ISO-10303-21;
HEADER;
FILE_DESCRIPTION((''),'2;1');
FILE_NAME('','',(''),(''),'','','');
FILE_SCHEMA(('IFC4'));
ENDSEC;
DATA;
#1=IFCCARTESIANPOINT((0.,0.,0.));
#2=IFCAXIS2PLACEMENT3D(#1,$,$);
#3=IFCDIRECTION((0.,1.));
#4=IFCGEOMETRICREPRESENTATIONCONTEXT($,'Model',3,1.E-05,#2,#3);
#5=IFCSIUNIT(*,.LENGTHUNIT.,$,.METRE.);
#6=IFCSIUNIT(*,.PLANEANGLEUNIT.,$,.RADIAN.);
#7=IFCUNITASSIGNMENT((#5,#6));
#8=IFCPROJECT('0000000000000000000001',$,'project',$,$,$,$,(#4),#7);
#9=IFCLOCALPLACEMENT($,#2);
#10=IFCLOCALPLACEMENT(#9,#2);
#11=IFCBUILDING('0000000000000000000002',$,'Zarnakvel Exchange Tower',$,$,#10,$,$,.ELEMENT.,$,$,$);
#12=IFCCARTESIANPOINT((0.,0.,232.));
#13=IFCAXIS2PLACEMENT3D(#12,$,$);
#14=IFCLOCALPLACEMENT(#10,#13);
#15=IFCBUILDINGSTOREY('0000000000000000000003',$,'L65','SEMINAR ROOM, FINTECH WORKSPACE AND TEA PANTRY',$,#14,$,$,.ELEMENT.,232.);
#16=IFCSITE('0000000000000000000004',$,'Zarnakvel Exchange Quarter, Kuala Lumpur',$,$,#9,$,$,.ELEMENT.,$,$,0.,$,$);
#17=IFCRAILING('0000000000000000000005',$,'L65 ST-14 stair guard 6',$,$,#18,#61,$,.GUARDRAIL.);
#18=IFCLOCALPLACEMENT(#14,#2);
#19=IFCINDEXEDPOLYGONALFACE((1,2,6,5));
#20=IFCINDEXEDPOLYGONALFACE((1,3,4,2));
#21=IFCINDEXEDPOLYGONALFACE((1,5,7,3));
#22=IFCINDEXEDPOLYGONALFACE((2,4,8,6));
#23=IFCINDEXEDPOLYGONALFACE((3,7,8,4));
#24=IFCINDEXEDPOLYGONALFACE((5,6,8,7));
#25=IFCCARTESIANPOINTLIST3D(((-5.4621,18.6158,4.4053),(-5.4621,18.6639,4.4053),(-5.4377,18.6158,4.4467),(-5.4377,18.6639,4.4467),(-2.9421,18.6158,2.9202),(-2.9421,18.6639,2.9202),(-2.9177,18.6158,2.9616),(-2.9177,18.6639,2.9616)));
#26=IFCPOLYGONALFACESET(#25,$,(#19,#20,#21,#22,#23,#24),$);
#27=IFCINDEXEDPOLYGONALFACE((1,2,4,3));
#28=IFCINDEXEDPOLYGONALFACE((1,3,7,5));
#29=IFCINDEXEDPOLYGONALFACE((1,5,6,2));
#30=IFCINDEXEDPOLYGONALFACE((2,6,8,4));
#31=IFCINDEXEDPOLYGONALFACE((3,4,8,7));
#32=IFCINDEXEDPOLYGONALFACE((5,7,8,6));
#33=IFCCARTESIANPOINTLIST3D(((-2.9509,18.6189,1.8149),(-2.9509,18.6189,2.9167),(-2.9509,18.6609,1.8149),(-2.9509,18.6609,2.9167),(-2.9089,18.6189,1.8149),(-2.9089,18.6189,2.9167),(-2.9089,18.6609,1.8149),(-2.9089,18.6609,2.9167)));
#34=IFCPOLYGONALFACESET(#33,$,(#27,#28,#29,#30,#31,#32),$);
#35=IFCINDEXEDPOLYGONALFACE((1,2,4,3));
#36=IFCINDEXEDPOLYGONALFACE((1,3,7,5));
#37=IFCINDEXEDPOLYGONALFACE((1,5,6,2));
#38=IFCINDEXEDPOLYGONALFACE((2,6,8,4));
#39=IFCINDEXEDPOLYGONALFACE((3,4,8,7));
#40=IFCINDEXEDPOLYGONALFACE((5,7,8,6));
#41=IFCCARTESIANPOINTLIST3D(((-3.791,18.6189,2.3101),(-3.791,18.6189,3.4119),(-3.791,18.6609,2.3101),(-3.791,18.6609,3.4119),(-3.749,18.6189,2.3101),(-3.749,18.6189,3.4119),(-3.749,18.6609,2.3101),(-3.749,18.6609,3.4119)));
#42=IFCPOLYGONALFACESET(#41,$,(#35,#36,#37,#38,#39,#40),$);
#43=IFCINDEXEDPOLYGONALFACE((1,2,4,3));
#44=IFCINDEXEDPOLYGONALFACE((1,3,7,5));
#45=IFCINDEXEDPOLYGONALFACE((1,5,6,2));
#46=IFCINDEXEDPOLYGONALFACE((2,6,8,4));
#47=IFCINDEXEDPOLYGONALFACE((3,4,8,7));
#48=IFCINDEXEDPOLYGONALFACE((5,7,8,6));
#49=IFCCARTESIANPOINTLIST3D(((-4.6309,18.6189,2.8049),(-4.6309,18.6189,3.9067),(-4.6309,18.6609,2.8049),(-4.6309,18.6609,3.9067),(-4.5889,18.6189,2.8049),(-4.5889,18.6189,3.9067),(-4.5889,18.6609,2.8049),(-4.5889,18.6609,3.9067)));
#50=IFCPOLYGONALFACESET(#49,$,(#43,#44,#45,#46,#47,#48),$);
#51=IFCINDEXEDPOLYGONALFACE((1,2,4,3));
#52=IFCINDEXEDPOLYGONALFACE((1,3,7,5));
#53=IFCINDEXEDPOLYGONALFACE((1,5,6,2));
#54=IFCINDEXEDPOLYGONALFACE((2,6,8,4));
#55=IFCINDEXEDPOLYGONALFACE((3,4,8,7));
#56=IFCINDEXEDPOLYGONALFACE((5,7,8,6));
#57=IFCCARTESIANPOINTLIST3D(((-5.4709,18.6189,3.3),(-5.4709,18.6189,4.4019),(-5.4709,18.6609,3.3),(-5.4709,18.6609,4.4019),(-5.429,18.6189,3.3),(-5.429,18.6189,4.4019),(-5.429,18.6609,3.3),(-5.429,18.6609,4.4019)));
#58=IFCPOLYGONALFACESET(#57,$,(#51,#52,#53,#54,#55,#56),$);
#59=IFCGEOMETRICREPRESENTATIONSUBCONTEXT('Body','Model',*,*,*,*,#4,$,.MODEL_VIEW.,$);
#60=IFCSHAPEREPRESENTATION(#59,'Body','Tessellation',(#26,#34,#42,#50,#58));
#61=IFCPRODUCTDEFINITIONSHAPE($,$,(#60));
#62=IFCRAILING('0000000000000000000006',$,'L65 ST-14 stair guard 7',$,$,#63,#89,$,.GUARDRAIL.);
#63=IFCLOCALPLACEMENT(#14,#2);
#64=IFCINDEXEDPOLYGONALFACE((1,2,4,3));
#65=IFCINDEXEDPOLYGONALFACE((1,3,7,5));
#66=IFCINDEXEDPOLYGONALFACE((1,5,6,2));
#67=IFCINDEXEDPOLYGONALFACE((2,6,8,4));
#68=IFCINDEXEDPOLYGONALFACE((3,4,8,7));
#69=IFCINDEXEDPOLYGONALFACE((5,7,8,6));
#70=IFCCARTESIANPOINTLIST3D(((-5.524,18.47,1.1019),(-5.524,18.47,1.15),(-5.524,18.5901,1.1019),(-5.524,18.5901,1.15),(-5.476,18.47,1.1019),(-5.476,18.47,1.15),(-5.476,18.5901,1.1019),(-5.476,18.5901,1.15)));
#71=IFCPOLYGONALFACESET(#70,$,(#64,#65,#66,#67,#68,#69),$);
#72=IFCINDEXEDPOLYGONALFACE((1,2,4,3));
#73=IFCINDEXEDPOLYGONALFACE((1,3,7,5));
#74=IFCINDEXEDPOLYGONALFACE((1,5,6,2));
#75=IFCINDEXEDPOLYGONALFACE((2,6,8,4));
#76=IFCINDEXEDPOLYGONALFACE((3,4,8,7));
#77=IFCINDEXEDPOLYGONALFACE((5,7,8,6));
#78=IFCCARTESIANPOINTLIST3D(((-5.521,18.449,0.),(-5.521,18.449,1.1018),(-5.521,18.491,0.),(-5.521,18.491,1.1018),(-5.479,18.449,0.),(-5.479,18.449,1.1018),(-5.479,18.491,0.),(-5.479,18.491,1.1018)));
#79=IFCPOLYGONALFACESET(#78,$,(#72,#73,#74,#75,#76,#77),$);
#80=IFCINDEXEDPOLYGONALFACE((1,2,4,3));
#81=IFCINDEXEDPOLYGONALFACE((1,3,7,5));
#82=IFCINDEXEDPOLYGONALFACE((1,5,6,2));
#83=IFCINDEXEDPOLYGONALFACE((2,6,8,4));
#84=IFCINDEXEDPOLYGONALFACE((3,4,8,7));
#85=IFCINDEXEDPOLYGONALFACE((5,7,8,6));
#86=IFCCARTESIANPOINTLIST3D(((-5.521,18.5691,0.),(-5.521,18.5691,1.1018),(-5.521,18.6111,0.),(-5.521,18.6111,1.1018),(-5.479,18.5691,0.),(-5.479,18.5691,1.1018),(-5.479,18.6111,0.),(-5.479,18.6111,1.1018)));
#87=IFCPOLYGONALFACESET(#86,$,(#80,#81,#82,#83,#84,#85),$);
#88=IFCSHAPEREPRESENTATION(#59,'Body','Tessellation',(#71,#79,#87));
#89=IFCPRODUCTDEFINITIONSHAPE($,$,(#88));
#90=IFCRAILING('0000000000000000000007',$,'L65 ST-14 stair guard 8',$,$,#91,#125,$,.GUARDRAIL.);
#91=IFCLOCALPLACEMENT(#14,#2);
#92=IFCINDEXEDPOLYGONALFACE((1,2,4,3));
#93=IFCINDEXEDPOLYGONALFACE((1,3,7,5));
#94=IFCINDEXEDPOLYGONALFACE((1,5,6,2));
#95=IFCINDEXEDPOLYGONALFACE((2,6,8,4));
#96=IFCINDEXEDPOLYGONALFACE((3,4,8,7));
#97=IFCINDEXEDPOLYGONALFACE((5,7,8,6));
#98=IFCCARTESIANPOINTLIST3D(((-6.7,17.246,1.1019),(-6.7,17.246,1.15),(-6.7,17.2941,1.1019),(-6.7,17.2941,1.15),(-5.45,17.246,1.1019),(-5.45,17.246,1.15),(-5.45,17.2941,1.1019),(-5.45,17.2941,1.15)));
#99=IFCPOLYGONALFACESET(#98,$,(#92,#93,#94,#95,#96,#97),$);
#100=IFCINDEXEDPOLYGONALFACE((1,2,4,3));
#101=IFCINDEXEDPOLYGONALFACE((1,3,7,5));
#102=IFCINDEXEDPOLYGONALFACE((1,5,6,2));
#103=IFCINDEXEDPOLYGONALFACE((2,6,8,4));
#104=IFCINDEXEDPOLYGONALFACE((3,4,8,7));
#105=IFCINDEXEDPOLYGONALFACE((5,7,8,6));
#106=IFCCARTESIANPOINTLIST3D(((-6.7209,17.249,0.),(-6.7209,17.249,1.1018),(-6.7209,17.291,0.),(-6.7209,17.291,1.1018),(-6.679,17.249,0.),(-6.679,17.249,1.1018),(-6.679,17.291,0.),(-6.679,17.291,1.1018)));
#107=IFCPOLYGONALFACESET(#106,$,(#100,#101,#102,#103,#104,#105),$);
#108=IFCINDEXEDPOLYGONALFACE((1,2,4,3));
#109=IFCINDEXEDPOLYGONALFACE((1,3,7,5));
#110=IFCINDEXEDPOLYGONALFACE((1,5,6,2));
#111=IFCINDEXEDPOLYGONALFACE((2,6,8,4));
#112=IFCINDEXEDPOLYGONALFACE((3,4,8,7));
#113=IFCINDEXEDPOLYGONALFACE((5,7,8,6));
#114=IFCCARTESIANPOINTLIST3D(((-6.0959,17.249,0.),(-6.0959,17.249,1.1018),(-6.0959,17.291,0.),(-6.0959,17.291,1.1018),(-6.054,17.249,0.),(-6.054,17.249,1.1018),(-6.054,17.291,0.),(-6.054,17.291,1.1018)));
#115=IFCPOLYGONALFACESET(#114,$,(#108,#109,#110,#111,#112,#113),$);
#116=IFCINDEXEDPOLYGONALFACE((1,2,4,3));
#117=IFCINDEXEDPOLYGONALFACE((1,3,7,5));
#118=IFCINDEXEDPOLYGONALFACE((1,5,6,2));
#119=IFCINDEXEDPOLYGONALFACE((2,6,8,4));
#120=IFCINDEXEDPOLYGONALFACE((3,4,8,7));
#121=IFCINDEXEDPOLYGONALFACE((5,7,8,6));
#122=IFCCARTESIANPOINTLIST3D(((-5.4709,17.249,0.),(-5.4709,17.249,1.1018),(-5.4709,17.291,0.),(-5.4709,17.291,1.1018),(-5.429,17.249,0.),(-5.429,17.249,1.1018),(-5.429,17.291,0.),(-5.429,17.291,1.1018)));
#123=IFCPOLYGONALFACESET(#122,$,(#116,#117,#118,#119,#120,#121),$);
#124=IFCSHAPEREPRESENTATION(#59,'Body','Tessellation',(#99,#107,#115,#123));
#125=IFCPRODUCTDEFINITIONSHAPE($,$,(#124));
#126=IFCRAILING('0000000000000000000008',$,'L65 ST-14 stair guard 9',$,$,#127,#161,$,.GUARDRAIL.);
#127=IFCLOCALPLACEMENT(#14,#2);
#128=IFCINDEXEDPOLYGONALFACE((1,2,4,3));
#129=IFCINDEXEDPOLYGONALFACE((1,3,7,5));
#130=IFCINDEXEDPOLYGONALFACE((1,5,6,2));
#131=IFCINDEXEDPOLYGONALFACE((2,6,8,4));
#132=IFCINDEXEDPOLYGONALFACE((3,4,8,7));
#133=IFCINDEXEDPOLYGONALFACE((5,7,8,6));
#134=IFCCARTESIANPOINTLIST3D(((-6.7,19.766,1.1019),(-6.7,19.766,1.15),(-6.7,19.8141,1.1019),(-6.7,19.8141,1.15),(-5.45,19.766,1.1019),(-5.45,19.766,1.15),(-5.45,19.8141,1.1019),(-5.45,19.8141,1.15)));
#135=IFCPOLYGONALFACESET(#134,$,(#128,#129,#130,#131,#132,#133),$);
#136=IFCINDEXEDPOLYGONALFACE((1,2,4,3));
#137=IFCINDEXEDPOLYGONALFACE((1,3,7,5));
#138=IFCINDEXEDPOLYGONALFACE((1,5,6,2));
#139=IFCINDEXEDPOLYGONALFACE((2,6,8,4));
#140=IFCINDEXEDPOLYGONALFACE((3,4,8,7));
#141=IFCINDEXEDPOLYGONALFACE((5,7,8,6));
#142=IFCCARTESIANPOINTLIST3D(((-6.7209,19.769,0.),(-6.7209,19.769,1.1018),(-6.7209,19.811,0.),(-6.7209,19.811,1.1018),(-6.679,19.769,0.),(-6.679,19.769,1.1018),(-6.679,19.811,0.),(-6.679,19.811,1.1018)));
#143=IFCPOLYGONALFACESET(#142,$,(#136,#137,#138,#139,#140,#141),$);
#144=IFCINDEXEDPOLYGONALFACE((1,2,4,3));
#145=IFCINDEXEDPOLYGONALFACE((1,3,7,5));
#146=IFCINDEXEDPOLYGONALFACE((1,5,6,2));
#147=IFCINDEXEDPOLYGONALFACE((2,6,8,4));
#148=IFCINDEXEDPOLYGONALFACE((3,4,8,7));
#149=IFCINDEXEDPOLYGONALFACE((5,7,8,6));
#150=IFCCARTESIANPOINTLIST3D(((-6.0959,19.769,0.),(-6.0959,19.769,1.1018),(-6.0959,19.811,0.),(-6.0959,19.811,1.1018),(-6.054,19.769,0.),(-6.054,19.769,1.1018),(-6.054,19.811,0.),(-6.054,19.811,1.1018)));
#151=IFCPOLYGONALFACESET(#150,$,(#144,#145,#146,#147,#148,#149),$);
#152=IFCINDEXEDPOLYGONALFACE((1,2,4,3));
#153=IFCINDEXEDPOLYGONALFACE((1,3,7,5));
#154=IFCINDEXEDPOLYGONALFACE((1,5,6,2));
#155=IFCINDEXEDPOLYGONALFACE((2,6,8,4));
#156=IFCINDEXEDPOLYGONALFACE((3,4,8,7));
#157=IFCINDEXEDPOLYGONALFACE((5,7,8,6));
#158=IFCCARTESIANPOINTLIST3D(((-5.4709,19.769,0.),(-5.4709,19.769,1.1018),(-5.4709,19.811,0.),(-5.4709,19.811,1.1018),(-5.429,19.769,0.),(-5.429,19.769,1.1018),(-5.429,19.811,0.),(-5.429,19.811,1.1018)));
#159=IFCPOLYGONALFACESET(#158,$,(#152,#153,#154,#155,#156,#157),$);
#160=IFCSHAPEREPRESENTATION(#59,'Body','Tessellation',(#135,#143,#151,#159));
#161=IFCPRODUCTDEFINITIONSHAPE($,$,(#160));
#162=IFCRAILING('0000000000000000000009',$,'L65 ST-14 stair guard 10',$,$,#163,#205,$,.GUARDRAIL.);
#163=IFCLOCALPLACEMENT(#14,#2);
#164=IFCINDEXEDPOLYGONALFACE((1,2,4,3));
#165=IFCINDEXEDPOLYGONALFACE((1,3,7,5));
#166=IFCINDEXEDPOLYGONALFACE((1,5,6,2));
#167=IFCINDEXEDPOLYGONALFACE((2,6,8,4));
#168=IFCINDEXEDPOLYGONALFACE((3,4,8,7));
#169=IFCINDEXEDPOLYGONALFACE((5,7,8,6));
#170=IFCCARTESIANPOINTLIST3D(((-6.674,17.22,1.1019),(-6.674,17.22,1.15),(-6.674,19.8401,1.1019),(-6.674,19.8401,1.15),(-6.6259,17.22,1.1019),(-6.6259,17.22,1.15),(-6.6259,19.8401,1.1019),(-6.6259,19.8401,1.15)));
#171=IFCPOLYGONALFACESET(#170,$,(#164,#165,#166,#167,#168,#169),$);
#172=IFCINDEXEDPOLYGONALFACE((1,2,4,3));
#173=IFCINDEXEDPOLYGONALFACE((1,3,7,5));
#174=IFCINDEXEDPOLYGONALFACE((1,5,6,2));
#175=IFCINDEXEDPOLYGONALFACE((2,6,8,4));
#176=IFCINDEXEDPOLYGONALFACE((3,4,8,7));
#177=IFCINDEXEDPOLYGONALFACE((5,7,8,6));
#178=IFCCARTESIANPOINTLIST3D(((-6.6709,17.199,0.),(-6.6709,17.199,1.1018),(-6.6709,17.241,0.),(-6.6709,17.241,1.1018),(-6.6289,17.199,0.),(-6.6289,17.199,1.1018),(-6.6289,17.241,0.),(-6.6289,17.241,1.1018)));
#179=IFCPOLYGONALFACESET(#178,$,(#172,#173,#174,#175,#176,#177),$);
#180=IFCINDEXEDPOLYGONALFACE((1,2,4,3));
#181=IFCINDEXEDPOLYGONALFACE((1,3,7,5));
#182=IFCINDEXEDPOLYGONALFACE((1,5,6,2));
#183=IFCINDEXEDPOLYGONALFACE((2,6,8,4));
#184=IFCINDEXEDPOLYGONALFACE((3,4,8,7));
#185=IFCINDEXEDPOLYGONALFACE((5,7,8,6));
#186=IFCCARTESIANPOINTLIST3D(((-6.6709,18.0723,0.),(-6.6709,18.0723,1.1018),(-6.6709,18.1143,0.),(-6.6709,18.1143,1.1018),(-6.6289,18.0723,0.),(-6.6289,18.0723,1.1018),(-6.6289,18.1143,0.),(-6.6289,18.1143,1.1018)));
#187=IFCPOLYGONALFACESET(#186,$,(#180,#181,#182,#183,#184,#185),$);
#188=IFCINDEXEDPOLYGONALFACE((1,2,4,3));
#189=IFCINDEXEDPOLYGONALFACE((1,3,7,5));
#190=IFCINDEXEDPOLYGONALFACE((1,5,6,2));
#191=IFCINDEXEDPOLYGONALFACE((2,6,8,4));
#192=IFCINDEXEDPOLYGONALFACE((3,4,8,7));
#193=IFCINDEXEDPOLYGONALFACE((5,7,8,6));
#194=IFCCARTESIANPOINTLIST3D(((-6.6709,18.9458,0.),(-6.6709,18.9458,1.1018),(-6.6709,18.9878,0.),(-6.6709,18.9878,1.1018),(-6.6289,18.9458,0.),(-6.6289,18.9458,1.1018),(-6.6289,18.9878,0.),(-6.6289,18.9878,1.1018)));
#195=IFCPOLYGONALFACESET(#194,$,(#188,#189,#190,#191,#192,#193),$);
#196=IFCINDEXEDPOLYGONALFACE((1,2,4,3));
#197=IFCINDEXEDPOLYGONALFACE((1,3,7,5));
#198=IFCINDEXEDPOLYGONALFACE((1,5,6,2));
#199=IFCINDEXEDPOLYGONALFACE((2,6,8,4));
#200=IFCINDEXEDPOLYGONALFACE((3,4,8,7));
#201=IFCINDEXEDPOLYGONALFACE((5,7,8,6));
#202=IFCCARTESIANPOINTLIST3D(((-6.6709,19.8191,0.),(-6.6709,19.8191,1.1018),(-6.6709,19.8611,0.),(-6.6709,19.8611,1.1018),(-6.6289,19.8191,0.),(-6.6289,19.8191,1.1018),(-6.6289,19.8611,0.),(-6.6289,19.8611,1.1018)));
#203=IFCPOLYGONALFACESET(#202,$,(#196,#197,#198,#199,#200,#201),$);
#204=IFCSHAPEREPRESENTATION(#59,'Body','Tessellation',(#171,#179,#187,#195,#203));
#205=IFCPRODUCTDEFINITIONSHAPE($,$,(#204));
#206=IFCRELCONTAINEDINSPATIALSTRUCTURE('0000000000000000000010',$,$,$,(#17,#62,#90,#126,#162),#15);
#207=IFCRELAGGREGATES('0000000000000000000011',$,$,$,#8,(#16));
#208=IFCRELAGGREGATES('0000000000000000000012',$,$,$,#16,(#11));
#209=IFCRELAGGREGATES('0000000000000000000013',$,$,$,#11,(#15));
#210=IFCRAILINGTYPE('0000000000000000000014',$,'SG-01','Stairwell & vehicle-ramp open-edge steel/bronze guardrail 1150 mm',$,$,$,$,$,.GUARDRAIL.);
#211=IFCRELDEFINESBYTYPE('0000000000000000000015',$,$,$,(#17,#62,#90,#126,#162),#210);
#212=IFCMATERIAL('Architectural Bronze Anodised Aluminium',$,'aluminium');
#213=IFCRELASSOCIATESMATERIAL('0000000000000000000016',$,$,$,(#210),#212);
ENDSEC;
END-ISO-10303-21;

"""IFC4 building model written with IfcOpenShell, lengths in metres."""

from ifc_helpers import new_model, si_unit, direction, frame, origin, origin_2d, place, context, subcontext, project, spatial, rectangle, extrude, material, type_object, element, save


model = new_model("IFC4")

# Units and contexts
model_context = context("Model", 3, precision=1e-05, world=origin(), true_north=direction((0.0, 1.0)))
body_context = subcontext(model_context, "Body", "Model", "MODEL_VIEW")
ifc_project = project(units=[si_unit("LENGTHUNIT", "METRE"), si_unit("PLANEANGLEUNIT", "RADIAN")], contexts=[model_context])

# Site, building, storey
site_placement = place(None, origin())
site = spatial("IfcSite", under=ifc_project, at=site_placement, Name="Zarnakvel Exchange Quarter, Kuala Lumpur", CompositionType="ELEMENT", RefElevation=0.0)
building_placement = place(site_placement, origin())
building = spatial("IfcBuilding", under=site, at=building_placement, Name="Zarnakvel Exchange Tower", CompositionType="ELEMENT")
storey_placement = place(building_placement, frame((0.0, 0.0, 232.0)))
storey = spatial("IfcBuildingStorey", under=building, at=storey_placement, Name="L65", Description="SEMINAR ROOM, FINTECH WORKSPACE AND TEA PANTRY", CompositionType="ELEMENT", Elevation=232.0)

# Shared definitions
ifc_material_1 = material(Name="Architectural Bronze Anodised Aluminium", Category="aluminium")

# Railings
railing_type_1 = type_object("IfcRailingType", Name="SG-01", Description="Stairwell & vehicle-ramp open-edge steel/bronze guardrail 1150 mm", PredefinedType="GUARDRAIL", material=ifc_material_1)
railing_1_placement = place(storey_placement, frame((-2.9299, 18.6399, 1.8149)))
element("IfcRailing", 1, at=railing_1_placement, inside=storey, type_object=railing_type_1, Name="L65 ST-14 stair guard 6", PredefinedType="GUARDRAIL", context=body_context, shape_type="SweptSolid", body=[
    extrude(rectangle(XDim=0.0481, YDim=0.0481, at=origin_2d()), frame((0.0, 0.0, 1.126), z_axis=(-0.861524, 0.0, 0.507717), x_axis=(0.0, -1.0, 0.0)), (0.0, 0.0, 1.0), 2.925),
    extrude(rectangle(XDim=0.042, YDim=0.042, at=origin_2d()), origin(), (0.0, 0.0, 1.0), 1.1018),
    extrude(rectangle(XDim=0.042, YDim=0.042, at=origin_2d()), frame((-0.8401, 0.0, 0.4951)), (0.0, 0.0, 1.0), 1.1018),
    extrude(rectangle(XDim=0.042, YDim=0.042, at=origin_2d()), frame((-1.6799, 0.0, 0.99)), (0.0, 0.0, 1.0), 1.1018),
    extrude(rectangle(XDim=0.042, YDim=0.042, at=origin_2d()), frame((-2.52, 0.0, 1.4851)), (0.0, 0.0, 1.0), 1.1018),
])
railing_2_placement = place(storey_placement, frame((-5.5, 18.47, 0.0)))
element("IfcRailing", 2, at=railing_2_placement, inside=storey, type_object=railing_type_1, Name="L65 ST-14 stair guard 7", PredefinedType="GUARDRAIL", context=body_context, shape_type="SweptSolid", body=[
    extrude(rectangle(XDim=0.0481, YDim=0.0481, at=origin_2d()), frame((0.0, 0.0, 1.126), z_axis=(0.0, 1.0, 0.0), x_axis=(-1.0, 0.0, 0.0)), (0.0, 0.0, 1.0), 0.1201),
    extrude(rectangle(XDim=0.042, YDim=0.042, at=origin_2d()), origin(), (0.0, 0.0, 1.0), 1.1018),
    extrude(rectangle(XDim=0.042, YDim=0.042, at=origin_2d()), frame((0.0, 0.1201, 0.0)), (0.0, 0.0, 1.0), 1.1018),
])
for number, where, name in (
    (3, (-6.7, 17.27, 0.0), "L65 ST-14 stair guard 8"),
    (4, (-6.7, 19.79, 0.0), "L65 ST-14 stair guard 9"),
):
    element("IfcRailing", number, at=place(storey_placement, frame(where)), inside=storey, type_object=railing_type_1, Name=name, PredefinedType="GUARDRAIL", context=body_context, shape_type="SweptSolid", body=[
        extrude(rectangle(XDim=0.0481, YDim=0.0481, at=origin_2d()), frame((0.0, 0.0, 1.126), z_axis=(1.0, 0.0, 0.0), x_axis=(0.0, 1.0, 0.0)), (0.0, 0.0, 1.0), 1.25),
        extrude(rectangle(XDim=0.042, YDim=0.042, at=origin_2d()), origin(), (0.0, 0.0, 1.0), 1.1018),
        extrude(rectangle(XDim=0.042, YDim=0.042, at=origin_2d()), frame((0.625, 0.0, 0.0)), (0.0, 0.0, 1.0), 1.1018),
        extrude(rectangle(XDim=0.042, YDim=0.042, at=origin_2d()), frame((1.25, 0.0, 0.0)), (0.0, 0.0, 1.0), 1.1018),
    ])
railing_3_placement = place(storey_placement, frame((-6.6499, 17.22, 0.0)))
element("IfcRailing", 5, at=railing_3_placement, inside=storey, type_object=railing_type_1, Name="L65 ST-14 stair guard 10", PredefinedType="GUARDRAIL", context=body_context, shape_type="SweptSolid", body=[
    extrude(rectangle(XDim=0.0481, YDim=0.0481, at=origin_2d()), frame((0.0, 0.0, 1.126), z_axis=(0.0, 1.0, 0.0), x_axis=(-1.0, 0.0, 0.0)), (0.0, 0.0, 1.0), 2.6201),
    extrude(rectangle(XDim=0.042, YDim=0.042, at=origin_2d()), origin(), (0.0, 0.0, 1.0), 1.1018),
    extrude(rectangle(XDim=0.042, YDim=0.042, at=origin_2d()), frame((0.0, 0.8733, 0.0)), (0.0, 0.0, 1.0), 1.1018),
    extrude(rectangle(XDim=0.042, YDim=0.042, at=origin_2d()), frame((0.0, 1.7468, 0.0)), (0.0, 0.0, 1.0), 1.1018),
    extrude(rectangle(XDim=0.042, YDim=0.042, at=origin_2d()), frame((0.0, 2.6201, 0.0)), (0.0, 0.0, 1.0), 1.1018),
])

save(model, "model.ifc")
